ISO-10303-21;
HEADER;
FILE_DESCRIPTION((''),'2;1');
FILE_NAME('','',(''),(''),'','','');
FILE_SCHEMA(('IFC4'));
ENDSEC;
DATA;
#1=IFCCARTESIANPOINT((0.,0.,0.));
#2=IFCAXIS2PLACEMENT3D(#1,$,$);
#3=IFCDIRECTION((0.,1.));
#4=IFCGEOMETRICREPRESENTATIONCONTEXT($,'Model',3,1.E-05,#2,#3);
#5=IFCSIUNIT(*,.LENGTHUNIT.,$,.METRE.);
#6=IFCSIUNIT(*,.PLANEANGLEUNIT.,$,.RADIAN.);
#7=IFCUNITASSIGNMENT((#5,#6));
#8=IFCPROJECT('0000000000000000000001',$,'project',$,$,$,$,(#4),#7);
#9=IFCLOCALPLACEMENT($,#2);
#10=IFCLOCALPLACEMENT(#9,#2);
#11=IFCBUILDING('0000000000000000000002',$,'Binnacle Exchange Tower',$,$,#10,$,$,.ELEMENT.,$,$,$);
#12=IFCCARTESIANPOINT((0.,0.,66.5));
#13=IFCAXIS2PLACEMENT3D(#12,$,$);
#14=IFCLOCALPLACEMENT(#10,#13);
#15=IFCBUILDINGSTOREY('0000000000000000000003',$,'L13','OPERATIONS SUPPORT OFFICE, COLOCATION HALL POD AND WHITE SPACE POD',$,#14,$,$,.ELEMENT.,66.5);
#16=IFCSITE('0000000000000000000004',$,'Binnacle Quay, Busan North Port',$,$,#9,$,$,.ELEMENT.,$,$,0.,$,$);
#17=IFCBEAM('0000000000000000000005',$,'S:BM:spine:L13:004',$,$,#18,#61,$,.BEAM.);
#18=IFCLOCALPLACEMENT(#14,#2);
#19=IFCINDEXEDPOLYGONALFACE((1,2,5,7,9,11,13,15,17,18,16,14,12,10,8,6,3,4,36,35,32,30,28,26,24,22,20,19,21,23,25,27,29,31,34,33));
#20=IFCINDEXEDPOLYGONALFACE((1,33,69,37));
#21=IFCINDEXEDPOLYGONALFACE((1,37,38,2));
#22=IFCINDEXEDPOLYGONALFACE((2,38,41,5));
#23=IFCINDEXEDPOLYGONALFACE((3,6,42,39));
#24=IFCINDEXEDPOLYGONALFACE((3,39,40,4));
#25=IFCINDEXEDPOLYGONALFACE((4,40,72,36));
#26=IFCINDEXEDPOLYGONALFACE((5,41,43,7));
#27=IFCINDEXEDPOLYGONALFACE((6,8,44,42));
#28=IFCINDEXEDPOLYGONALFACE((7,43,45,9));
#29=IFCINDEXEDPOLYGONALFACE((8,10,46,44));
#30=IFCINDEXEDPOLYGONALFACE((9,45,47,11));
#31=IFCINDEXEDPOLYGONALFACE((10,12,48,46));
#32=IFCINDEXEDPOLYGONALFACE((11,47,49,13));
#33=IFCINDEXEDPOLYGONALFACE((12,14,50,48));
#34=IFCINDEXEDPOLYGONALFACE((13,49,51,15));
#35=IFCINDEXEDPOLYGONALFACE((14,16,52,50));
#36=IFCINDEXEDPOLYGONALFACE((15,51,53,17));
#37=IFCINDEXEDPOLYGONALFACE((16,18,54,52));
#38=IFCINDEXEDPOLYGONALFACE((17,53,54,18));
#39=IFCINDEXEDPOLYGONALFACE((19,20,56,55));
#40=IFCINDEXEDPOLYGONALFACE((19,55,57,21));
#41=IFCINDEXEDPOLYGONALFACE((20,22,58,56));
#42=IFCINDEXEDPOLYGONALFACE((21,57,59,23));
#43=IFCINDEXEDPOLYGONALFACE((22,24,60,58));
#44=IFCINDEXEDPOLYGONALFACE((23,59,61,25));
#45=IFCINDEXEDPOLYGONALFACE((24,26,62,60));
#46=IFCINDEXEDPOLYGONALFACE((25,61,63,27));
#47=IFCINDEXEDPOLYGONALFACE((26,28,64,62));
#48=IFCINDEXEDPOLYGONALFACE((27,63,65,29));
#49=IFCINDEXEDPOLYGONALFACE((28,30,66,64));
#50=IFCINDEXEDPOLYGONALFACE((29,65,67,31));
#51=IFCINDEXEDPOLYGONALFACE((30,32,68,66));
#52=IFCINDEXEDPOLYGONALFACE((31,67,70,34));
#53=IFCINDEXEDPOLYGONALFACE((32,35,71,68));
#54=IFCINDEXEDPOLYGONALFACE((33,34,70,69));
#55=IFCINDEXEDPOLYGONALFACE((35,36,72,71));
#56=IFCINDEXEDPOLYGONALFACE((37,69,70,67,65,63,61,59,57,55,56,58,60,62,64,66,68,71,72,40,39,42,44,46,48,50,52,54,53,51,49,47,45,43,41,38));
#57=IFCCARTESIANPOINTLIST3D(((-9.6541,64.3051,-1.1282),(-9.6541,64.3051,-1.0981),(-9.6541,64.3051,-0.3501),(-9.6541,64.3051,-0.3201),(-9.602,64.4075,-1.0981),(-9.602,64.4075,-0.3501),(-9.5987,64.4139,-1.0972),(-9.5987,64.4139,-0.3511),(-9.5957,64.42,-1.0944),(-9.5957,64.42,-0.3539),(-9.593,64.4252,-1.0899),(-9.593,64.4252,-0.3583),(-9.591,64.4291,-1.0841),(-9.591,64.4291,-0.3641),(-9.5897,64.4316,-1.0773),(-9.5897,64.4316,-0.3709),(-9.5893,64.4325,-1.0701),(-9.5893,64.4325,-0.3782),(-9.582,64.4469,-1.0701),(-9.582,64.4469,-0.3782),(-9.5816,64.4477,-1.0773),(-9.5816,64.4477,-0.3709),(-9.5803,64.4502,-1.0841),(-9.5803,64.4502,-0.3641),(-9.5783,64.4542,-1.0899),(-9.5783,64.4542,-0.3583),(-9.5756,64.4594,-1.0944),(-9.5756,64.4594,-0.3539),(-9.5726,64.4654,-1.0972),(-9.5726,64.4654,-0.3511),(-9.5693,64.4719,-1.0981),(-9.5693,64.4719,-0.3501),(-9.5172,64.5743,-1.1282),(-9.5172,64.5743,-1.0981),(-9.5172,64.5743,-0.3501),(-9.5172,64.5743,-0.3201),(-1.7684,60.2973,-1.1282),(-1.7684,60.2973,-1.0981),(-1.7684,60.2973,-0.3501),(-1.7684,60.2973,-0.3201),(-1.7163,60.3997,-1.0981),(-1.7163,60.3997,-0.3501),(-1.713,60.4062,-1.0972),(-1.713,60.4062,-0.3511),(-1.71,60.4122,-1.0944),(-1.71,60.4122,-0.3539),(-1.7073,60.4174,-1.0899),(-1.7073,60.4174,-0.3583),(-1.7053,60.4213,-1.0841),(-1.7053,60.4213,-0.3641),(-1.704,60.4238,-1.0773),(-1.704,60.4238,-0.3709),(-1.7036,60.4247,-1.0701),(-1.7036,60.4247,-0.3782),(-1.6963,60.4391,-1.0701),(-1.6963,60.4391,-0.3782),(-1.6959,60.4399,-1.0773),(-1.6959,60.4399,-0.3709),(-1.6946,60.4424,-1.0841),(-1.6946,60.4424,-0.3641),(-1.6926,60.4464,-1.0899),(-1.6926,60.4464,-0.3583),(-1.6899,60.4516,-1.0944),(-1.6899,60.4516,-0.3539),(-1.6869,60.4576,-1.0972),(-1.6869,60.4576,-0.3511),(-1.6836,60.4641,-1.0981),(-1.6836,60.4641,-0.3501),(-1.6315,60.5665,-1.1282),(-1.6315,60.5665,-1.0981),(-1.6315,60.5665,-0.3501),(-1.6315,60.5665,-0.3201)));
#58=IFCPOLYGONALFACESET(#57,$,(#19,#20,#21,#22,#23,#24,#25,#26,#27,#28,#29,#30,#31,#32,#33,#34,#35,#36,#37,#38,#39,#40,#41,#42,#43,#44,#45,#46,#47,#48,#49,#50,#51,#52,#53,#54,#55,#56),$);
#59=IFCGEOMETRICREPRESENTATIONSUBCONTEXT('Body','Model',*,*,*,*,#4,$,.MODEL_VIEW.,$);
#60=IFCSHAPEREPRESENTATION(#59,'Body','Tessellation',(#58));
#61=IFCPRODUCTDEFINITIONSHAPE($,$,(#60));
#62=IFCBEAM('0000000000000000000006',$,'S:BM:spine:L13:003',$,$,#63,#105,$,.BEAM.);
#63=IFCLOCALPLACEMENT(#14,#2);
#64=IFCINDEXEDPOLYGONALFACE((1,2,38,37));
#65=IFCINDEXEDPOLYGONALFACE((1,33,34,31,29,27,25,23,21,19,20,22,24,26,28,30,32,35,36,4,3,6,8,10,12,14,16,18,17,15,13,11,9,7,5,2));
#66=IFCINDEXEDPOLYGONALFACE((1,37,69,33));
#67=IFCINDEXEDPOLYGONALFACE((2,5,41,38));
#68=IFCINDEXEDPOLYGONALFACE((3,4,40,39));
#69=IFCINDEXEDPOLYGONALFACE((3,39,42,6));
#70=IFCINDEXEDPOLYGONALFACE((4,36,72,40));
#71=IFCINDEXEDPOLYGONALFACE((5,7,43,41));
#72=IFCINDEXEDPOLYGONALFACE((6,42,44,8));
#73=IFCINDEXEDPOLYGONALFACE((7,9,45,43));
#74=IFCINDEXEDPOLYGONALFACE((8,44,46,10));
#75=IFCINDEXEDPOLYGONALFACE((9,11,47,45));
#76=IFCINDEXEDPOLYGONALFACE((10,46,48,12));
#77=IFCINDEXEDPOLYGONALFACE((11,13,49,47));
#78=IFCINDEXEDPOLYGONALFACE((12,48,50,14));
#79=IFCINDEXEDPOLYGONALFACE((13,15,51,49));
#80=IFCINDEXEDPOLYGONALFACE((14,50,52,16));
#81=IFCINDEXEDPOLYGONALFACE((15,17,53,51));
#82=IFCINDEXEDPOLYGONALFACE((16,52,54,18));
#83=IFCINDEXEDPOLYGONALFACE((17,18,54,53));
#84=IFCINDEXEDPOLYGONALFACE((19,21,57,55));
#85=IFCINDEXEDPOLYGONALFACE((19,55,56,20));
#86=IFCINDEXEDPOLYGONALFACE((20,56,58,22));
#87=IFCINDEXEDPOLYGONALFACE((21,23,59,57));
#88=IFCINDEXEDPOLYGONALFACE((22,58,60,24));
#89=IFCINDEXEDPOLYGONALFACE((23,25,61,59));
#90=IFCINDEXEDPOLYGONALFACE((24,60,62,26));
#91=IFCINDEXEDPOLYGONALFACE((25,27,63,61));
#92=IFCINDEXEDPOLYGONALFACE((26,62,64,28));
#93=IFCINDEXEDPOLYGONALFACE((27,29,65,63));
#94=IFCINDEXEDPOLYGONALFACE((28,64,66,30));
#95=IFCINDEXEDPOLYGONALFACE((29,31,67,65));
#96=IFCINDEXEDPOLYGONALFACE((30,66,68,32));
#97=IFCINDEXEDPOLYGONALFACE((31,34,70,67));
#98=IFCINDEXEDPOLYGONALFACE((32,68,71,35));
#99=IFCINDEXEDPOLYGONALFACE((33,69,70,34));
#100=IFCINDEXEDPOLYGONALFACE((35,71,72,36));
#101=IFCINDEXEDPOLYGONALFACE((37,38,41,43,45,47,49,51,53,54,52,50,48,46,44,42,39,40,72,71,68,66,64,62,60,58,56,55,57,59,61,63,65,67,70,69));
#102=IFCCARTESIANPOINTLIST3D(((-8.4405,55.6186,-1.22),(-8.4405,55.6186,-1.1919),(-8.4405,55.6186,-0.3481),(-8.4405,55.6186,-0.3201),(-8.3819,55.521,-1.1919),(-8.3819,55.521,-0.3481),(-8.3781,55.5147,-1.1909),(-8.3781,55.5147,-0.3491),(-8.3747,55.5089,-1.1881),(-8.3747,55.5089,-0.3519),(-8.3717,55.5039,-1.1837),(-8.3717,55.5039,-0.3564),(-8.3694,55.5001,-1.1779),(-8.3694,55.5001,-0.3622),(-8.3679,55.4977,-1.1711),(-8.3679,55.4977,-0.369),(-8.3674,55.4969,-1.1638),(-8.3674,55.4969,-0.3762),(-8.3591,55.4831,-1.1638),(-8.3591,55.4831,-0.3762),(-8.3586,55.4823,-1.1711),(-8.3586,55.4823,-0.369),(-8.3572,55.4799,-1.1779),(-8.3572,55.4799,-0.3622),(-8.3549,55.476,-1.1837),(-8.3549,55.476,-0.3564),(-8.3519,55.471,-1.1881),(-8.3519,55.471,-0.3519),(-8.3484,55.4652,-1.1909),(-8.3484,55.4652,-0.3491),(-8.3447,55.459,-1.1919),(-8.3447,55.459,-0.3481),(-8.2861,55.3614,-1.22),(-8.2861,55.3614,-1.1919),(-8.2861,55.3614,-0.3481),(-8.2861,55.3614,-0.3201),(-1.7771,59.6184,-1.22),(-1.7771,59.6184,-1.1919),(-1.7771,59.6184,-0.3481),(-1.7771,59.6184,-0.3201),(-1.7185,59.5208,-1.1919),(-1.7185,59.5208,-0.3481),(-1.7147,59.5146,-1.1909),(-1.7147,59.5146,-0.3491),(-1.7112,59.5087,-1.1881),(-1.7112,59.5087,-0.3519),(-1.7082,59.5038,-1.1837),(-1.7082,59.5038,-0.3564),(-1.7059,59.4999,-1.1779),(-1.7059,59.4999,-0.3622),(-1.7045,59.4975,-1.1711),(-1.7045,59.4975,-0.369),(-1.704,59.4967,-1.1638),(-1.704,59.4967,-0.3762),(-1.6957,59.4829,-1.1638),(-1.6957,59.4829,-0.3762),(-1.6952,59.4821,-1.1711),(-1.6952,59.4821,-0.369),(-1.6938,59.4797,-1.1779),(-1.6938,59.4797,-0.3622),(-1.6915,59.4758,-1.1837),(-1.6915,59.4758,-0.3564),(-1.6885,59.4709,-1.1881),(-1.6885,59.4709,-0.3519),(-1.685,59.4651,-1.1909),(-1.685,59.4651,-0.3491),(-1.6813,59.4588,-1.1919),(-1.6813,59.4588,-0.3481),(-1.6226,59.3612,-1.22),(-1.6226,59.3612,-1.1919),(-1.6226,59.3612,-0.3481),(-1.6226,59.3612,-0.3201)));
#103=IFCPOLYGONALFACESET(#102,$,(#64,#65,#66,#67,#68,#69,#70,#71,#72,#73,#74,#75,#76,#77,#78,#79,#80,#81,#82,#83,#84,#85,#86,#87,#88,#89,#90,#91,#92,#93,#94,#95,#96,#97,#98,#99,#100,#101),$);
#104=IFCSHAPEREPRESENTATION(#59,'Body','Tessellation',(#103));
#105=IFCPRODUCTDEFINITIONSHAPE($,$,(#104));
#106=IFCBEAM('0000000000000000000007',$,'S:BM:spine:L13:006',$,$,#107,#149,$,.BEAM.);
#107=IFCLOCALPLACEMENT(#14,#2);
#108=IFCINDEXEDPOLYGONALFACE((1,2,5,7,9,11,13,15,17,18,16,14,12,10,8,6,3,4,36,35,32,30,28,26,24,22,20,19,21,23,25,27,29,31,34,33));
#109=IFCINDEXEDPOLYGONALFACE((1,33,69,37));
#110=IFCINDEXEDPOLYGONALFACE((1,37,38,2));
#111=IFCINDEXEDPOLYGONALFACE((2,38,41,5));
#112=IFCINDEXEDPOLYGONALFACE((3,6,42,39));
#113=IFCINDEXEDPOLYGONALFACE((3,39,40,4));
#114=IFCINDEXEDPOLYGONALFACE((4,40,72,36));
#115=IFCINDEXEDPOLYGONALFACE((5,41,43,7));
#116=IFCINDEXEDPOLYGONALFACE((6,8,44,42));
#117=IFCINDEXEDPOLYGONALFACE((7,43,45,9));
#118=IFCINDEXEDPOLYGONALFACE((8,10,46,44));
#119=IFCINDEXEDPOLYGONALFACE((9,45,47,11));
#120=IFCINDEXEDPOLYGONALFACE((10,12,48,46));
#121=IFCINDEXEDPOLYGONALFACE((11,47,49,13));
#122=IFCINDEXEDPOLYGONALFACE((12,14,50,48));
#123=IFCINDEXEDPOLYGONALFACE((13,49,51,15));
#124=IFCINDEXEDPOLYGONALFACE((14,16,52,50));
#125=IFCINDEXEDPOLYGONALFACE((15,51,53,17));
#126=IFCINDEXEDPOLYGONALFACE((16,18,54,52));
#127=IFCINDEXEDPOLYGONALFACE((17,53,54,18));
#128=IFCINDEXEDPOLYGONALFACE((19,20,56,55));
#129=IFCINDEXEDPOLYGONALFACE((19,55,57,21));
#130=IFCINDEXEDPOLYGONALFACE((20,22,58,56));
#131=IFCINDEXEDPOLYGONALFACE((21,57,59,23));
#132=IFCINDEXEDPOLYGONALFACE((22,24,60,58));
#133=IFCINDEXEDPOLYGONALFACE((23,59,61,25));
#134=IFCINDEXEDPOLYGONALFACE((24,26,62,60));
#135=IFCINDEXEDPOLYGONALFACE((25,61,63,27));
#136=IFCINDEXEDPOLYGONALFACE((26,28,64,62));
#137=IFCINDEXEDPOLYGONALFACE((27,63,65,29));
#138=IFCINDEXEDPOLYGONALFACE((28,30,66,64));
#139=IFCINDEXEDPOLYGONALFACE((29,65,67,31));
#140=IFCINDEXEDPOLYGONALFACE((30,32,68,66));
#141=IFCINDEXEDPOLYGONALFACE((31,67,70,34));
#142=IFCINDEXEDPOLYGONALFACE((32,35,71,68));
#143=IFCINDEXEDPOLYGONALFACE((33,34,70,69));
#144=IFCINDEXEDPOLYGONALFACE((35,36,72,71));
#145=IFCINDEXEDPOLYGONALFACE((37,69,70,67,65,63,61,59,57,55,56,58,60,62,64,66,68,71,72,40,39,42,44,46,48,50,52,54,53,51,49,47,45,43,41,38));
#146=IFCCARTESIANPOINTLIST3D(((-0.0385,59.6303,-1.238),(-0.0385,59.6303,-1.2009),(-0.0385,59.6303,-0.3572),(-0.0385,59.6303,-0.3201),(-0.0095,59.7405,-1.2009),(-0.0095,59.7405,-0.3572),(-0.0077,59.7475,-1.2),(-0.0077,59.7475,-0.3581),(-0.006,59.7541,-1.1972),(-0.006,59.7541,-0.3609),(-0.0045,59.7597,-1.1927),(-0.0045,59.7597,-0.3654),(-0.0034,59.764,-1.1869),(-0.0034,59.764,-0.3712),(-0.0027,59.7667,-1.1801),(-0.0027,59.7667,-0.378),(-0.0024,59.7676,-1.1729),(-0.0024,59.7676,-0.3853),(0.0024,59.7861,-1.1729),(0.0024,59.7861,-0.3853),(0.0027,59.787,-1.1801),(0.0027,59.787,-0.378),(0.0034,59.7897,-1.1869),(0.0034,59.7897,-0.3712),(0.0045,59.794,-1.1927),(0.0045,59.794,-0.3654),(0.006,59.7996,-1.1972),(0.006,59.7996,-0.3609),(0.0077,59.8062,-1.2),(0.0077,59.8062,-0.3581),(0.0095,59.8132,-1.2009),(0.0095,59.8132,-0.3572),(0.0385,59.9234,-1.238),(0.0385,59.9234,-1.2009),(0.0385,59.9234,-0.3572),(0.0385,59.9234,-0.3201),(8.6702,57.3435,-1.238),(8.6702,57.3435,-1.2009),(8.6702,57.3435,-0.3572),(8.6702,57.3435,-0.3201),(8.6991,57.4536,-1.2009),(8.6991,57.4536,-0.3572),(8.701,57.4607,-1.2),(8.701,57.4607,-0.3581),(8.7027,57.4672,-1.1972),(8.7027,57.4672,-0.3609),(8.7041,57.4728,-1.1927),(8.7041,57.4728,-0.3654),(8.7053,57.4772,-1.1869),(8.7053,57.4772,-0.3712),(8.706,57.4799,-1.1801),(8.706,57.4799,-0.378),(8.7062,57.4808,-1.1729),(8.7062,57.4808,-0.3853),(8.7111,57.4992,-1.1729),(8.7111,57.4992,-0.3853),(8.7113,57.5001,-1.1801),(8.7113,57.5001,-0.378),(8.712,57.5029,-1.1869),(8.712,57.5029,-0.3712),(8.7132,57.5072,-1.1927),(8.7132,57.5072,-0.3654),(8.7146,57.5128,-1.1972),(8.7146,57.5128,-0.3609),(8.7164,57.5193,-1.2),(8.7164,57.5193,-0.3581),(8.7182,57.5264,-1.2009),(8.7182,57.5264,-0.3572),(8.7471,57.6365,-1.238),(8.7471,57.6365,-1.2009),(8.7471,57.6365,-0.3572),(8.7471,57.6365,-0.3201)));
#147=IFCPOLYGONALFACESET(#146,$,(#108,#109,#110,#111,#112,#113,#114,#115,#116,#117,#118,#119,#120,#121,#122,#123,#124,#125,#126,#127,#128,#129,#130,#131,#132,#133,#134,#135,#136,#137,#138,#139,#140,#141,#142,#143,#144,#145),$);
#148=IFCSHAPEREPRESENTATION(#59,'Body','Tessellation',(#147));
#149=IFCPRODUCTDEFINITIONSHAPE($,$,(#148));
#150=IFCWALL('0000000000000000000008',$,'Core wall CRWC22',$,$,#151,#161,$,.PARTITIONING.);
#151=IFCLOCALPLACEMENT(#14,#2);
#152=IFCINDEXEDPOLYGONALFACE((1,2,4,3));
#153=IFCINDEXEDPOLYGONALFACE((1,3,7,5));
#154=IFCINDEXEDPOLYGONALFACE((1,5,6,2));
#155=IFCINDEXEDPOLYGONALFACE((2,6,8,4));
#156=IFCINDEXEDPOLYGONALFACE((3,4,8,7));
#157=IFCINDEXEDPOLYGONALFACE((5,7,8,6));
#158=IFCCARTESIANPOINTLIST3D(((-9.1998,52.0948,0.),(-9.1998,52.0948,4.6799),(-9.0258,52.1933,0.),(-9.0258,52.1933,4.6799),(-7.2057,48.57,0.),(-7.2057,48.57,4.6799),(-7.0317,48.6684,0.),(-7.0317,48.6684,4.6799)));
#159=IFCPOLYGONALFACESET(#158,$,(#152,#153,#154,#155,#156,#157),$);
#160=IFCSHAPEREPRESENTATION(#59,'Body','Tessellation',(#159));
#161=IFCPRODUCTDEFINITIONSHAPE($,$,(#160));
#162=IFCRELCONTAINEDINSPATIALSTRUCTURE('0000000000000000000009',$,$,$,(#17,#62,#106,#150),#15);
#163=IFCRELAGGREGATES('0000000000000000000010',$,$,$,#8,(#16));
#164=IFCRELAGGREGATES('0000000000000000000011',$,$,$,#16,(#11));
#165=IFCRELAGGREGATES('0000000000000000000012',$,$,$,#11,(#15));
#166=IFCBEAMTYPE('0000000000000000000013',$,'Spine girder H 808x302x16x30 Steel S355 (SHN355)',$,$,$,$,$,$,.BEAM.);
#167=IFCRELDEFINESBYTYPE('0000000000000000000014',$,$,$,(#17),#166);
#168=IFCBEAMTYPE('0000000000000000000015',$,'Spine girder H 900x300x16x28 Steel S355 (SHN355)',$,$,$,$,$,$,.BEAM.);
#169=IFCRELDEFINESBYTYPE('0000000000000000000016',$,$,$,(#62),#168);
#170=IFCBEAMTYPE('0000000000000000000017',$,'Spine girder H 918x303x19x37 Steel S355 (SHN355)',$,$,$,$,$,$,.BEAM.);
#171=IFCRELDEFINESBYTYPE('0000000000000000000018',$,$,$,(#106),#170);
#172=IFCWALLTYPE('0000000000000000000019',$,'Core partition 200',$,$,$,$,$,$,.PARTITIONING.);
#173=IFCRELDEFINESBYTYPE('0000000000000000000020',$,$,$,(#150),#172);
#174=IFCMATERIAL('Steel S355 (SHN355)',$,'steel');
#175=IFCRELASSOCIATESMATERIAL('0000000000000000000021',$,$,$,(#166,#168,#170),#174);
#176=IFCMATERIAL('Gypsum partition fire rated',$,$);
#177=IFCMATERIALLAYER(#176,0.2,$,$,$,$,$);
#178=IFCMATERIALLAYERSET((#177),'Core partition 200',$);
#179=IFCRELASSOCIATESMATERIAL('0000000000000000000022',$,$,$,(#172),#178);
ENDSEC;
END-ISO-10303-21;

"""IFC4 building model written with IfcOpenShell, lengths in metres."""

from ifc_helpers import new_model, si_unit, direction, frame, frame_2d, origin, origin_2d, place, context, subcontext, project, spatial, rectangle, i_section, extrude, material, layer, layer_set, material_profile, profile_set, type_object, element, save


model = new_model("IFC4")

# Units and contexts
model_context = context("Model", 3, precision=1e-05, world=origin(), true_north=direction((0.0, 1.0)))
body_context = subcontext(model_context, "Body", "Model", "MODEL_VIEW")
ifc_project = project(units=[si_unit("LENGTHUNIT", "METRE"), si_unit("PLANEANGLEUNIT", "RADIAN")], contexts=[model_context])

# Site, building, storey
site_placement = place(None, origin())
site = spatial("IfcSite", under=ifc_project, at=site_placement, Name="Binnacle Quay, Busan North Port", CompositionType="ELEMENT", RefElevation=0.0)
building_placement = place(site_placement, origin())
building = spatial("IfcBuilding", under=site, at=building_placement, Name="Binnacle Exchange Tower", CompositionType="ELEMENT")
storey_placement = place(building_placement, frame((0.0, 0.0, 66.5)))
storey = spatial("IfcBuildingStorey", under=building, at=storey_placement, Name="L13", Description="OPERATIONS SUPPORT OFFICE, COLOCATION HALL POD AND WHITE SPACE POD", CompositionType="ELEMENT", Elevation=66.5)

# Beams
ifc_material_1 = material(Name="Steel S355 (SHN355)", Category="steel")
ifc_material_profile_1 = material_profile(ifc_material_1, i_section(OverallWidth=0.302, OverallDepth=0.8081, WebThickness=0.0161, FlangeThickness=0.03, FilletRadius=0.0281, at=origin_2d()), Name="H 808x302x16x30")
ifc_profile_set_1 = profile_set([ifc_material_profile_1], Name="Steel S355 (SHN355)")
beam_type_1 = type_object("IfcBeamType", Name="Spine girder H 808x302x16x30 Steel S355 (SHN355)", PredefinedType="BEAM", material=ifc_profile_set_1)
beam_1_placement = place(storey_placement, frame((-1.7, 60.4319, -0.7241), z_axis=(-0.891471, 0.453077, 0.0), x_axis=(-0.453077, -0.891471, 0.0)))
element("IfcBeam", 1, at=beam_1_placement, inside=storey, type_object=beam_type_1, Name="S:BM:spine:L13:004", PredefinedType="BEAM", context=body_context, shape_type="SweptSolid", body=[
    extrude(i_section(OverallWidth=0.302, OverallDepth=0.8081, WebThickness=0.0161, FlangeThickness=0.03, FilletRadius=0.0281, at=origin_2d()), origin(), (0.0, 0.0, 1.0), 8.8457),
])
ifc_material_profile_2 = material_profile(ifc_material_1, i_section(OverallWidth=0.3, OverallDepth=0.8999, WebThickness=0.0161, FlangeThickness=0.0281, FilletRadius=0.0281, at=origin_2d()), Name="H 900x300x16x28")
ifc_profile_set_2 = profile_set([ifc_material_profile_2], Name="Steel S355 (SHN355)")
beam_type_2 = type_object("IfcBeamType", Name="Spine girder H 900x300x16x28 Steel S355 (SHN355)", PredefinedType="BEAM", material=ifc_profile_set_2)
beam_2_placement = place(storey_placement, frame((-8.3633, 55.49, -0.77), z_axis=(0.857393, 0.514662, 0.0), x_axis=(-0.514662, 0.857393, 0.0)))
element("IfcBeam", 2, at=beam_2_placement, inside=storey, type_object=beam_type_2, Name="S:BM:spine:L13:003", PredefinedType="BEAM", context=body_context, shape_type="SweptSolid", body=[
    extrude(i_section(OverallWidth=0.3, OverallDepth=0.8999, WebThickness=0.0161, FlangeThickness=0.0281, FilletRadius=0.0281, at=origin_2d()), origin(), (0.0, 0.0, 1.0), 7.7717),
])
ifc_material_profile_3 = material_profile(ifc_material_1, i_section(OverallWidth=0.303, OverallDepth=0.918, WebThickness=0.019, FlangeThickness=0.0371, FilletRadius=0.0281, at=origin_2d()), Name="H 918x303x19x37")
ifc_profile_set_3 = profile_set([ifc_material_profile_3], Name="Steel S355 (SHN355)")
beam_type_3 = type_object("IfcBeamType", Name="Spine girder H 918x303x19x37 Steel S355 (SHN355)", PredefinedType="BEAM", material=ifc_profile_set_3)
beam_3_placement = place(storey_placement, frame((0.0, 59.7769, -0.7791), z_axis=(0.967209, -0.253983, 0.0), x_axis=(0.253983, 0.967209, 0.0)))
element("IfcBeam", 3, at=beam_3_placement, inside=storey, type_object=beam_type_3, Name="S:BM:spine:L13:006", PredefinedType="BEAM", context=body_context, shape_type="SweptSolid", body=[
    extrude(i_section(OverallWidth=0.303, OverallDepth=0.918, WebThickness=0.019, FlangeThickness=0.0371, FilletRadius=0.0281, at=origin_2d()), origin(), (0.0, 0.0, 1.0), 9.0039),
])

# Wall
ifc_material_2 = material(Name="Gypsum partition fire rated")
ifc_layer_1 = layer(ifc_material_2, 0.2)
ifc_layer_set_1 = layer_set([ifc_layer_1], Name="Core partition 200")
wall_type_1 = type_object("IfcWallType", Name="Core partition 200", PredefinedType="PARTITIONING", material=ifc_layer_set_1)
wall_1_placement = place(storey_placement, frame((-9.1128, 52.144, 0.0), z_axis=(0.0, 0.0, 1.0), x_axis=(0.492395, -0.870372, 0.0)))
element("IfcWall", 4, at=wall_1_placement, inside=storey, type_object=wall_type_1, Name="Core wall CRWC22", PredefinedType="PARTITIONING", context=body_context, shape_type="SweptSolid", body=[
    extrude(rectangle(XDim=4.0498, YDim=0.2, at=frame_2d((2.0249, 0.0))), origin(), (0.0, 0.0, 1.0), 4.6799),
])

save(model, "model.ifc")
